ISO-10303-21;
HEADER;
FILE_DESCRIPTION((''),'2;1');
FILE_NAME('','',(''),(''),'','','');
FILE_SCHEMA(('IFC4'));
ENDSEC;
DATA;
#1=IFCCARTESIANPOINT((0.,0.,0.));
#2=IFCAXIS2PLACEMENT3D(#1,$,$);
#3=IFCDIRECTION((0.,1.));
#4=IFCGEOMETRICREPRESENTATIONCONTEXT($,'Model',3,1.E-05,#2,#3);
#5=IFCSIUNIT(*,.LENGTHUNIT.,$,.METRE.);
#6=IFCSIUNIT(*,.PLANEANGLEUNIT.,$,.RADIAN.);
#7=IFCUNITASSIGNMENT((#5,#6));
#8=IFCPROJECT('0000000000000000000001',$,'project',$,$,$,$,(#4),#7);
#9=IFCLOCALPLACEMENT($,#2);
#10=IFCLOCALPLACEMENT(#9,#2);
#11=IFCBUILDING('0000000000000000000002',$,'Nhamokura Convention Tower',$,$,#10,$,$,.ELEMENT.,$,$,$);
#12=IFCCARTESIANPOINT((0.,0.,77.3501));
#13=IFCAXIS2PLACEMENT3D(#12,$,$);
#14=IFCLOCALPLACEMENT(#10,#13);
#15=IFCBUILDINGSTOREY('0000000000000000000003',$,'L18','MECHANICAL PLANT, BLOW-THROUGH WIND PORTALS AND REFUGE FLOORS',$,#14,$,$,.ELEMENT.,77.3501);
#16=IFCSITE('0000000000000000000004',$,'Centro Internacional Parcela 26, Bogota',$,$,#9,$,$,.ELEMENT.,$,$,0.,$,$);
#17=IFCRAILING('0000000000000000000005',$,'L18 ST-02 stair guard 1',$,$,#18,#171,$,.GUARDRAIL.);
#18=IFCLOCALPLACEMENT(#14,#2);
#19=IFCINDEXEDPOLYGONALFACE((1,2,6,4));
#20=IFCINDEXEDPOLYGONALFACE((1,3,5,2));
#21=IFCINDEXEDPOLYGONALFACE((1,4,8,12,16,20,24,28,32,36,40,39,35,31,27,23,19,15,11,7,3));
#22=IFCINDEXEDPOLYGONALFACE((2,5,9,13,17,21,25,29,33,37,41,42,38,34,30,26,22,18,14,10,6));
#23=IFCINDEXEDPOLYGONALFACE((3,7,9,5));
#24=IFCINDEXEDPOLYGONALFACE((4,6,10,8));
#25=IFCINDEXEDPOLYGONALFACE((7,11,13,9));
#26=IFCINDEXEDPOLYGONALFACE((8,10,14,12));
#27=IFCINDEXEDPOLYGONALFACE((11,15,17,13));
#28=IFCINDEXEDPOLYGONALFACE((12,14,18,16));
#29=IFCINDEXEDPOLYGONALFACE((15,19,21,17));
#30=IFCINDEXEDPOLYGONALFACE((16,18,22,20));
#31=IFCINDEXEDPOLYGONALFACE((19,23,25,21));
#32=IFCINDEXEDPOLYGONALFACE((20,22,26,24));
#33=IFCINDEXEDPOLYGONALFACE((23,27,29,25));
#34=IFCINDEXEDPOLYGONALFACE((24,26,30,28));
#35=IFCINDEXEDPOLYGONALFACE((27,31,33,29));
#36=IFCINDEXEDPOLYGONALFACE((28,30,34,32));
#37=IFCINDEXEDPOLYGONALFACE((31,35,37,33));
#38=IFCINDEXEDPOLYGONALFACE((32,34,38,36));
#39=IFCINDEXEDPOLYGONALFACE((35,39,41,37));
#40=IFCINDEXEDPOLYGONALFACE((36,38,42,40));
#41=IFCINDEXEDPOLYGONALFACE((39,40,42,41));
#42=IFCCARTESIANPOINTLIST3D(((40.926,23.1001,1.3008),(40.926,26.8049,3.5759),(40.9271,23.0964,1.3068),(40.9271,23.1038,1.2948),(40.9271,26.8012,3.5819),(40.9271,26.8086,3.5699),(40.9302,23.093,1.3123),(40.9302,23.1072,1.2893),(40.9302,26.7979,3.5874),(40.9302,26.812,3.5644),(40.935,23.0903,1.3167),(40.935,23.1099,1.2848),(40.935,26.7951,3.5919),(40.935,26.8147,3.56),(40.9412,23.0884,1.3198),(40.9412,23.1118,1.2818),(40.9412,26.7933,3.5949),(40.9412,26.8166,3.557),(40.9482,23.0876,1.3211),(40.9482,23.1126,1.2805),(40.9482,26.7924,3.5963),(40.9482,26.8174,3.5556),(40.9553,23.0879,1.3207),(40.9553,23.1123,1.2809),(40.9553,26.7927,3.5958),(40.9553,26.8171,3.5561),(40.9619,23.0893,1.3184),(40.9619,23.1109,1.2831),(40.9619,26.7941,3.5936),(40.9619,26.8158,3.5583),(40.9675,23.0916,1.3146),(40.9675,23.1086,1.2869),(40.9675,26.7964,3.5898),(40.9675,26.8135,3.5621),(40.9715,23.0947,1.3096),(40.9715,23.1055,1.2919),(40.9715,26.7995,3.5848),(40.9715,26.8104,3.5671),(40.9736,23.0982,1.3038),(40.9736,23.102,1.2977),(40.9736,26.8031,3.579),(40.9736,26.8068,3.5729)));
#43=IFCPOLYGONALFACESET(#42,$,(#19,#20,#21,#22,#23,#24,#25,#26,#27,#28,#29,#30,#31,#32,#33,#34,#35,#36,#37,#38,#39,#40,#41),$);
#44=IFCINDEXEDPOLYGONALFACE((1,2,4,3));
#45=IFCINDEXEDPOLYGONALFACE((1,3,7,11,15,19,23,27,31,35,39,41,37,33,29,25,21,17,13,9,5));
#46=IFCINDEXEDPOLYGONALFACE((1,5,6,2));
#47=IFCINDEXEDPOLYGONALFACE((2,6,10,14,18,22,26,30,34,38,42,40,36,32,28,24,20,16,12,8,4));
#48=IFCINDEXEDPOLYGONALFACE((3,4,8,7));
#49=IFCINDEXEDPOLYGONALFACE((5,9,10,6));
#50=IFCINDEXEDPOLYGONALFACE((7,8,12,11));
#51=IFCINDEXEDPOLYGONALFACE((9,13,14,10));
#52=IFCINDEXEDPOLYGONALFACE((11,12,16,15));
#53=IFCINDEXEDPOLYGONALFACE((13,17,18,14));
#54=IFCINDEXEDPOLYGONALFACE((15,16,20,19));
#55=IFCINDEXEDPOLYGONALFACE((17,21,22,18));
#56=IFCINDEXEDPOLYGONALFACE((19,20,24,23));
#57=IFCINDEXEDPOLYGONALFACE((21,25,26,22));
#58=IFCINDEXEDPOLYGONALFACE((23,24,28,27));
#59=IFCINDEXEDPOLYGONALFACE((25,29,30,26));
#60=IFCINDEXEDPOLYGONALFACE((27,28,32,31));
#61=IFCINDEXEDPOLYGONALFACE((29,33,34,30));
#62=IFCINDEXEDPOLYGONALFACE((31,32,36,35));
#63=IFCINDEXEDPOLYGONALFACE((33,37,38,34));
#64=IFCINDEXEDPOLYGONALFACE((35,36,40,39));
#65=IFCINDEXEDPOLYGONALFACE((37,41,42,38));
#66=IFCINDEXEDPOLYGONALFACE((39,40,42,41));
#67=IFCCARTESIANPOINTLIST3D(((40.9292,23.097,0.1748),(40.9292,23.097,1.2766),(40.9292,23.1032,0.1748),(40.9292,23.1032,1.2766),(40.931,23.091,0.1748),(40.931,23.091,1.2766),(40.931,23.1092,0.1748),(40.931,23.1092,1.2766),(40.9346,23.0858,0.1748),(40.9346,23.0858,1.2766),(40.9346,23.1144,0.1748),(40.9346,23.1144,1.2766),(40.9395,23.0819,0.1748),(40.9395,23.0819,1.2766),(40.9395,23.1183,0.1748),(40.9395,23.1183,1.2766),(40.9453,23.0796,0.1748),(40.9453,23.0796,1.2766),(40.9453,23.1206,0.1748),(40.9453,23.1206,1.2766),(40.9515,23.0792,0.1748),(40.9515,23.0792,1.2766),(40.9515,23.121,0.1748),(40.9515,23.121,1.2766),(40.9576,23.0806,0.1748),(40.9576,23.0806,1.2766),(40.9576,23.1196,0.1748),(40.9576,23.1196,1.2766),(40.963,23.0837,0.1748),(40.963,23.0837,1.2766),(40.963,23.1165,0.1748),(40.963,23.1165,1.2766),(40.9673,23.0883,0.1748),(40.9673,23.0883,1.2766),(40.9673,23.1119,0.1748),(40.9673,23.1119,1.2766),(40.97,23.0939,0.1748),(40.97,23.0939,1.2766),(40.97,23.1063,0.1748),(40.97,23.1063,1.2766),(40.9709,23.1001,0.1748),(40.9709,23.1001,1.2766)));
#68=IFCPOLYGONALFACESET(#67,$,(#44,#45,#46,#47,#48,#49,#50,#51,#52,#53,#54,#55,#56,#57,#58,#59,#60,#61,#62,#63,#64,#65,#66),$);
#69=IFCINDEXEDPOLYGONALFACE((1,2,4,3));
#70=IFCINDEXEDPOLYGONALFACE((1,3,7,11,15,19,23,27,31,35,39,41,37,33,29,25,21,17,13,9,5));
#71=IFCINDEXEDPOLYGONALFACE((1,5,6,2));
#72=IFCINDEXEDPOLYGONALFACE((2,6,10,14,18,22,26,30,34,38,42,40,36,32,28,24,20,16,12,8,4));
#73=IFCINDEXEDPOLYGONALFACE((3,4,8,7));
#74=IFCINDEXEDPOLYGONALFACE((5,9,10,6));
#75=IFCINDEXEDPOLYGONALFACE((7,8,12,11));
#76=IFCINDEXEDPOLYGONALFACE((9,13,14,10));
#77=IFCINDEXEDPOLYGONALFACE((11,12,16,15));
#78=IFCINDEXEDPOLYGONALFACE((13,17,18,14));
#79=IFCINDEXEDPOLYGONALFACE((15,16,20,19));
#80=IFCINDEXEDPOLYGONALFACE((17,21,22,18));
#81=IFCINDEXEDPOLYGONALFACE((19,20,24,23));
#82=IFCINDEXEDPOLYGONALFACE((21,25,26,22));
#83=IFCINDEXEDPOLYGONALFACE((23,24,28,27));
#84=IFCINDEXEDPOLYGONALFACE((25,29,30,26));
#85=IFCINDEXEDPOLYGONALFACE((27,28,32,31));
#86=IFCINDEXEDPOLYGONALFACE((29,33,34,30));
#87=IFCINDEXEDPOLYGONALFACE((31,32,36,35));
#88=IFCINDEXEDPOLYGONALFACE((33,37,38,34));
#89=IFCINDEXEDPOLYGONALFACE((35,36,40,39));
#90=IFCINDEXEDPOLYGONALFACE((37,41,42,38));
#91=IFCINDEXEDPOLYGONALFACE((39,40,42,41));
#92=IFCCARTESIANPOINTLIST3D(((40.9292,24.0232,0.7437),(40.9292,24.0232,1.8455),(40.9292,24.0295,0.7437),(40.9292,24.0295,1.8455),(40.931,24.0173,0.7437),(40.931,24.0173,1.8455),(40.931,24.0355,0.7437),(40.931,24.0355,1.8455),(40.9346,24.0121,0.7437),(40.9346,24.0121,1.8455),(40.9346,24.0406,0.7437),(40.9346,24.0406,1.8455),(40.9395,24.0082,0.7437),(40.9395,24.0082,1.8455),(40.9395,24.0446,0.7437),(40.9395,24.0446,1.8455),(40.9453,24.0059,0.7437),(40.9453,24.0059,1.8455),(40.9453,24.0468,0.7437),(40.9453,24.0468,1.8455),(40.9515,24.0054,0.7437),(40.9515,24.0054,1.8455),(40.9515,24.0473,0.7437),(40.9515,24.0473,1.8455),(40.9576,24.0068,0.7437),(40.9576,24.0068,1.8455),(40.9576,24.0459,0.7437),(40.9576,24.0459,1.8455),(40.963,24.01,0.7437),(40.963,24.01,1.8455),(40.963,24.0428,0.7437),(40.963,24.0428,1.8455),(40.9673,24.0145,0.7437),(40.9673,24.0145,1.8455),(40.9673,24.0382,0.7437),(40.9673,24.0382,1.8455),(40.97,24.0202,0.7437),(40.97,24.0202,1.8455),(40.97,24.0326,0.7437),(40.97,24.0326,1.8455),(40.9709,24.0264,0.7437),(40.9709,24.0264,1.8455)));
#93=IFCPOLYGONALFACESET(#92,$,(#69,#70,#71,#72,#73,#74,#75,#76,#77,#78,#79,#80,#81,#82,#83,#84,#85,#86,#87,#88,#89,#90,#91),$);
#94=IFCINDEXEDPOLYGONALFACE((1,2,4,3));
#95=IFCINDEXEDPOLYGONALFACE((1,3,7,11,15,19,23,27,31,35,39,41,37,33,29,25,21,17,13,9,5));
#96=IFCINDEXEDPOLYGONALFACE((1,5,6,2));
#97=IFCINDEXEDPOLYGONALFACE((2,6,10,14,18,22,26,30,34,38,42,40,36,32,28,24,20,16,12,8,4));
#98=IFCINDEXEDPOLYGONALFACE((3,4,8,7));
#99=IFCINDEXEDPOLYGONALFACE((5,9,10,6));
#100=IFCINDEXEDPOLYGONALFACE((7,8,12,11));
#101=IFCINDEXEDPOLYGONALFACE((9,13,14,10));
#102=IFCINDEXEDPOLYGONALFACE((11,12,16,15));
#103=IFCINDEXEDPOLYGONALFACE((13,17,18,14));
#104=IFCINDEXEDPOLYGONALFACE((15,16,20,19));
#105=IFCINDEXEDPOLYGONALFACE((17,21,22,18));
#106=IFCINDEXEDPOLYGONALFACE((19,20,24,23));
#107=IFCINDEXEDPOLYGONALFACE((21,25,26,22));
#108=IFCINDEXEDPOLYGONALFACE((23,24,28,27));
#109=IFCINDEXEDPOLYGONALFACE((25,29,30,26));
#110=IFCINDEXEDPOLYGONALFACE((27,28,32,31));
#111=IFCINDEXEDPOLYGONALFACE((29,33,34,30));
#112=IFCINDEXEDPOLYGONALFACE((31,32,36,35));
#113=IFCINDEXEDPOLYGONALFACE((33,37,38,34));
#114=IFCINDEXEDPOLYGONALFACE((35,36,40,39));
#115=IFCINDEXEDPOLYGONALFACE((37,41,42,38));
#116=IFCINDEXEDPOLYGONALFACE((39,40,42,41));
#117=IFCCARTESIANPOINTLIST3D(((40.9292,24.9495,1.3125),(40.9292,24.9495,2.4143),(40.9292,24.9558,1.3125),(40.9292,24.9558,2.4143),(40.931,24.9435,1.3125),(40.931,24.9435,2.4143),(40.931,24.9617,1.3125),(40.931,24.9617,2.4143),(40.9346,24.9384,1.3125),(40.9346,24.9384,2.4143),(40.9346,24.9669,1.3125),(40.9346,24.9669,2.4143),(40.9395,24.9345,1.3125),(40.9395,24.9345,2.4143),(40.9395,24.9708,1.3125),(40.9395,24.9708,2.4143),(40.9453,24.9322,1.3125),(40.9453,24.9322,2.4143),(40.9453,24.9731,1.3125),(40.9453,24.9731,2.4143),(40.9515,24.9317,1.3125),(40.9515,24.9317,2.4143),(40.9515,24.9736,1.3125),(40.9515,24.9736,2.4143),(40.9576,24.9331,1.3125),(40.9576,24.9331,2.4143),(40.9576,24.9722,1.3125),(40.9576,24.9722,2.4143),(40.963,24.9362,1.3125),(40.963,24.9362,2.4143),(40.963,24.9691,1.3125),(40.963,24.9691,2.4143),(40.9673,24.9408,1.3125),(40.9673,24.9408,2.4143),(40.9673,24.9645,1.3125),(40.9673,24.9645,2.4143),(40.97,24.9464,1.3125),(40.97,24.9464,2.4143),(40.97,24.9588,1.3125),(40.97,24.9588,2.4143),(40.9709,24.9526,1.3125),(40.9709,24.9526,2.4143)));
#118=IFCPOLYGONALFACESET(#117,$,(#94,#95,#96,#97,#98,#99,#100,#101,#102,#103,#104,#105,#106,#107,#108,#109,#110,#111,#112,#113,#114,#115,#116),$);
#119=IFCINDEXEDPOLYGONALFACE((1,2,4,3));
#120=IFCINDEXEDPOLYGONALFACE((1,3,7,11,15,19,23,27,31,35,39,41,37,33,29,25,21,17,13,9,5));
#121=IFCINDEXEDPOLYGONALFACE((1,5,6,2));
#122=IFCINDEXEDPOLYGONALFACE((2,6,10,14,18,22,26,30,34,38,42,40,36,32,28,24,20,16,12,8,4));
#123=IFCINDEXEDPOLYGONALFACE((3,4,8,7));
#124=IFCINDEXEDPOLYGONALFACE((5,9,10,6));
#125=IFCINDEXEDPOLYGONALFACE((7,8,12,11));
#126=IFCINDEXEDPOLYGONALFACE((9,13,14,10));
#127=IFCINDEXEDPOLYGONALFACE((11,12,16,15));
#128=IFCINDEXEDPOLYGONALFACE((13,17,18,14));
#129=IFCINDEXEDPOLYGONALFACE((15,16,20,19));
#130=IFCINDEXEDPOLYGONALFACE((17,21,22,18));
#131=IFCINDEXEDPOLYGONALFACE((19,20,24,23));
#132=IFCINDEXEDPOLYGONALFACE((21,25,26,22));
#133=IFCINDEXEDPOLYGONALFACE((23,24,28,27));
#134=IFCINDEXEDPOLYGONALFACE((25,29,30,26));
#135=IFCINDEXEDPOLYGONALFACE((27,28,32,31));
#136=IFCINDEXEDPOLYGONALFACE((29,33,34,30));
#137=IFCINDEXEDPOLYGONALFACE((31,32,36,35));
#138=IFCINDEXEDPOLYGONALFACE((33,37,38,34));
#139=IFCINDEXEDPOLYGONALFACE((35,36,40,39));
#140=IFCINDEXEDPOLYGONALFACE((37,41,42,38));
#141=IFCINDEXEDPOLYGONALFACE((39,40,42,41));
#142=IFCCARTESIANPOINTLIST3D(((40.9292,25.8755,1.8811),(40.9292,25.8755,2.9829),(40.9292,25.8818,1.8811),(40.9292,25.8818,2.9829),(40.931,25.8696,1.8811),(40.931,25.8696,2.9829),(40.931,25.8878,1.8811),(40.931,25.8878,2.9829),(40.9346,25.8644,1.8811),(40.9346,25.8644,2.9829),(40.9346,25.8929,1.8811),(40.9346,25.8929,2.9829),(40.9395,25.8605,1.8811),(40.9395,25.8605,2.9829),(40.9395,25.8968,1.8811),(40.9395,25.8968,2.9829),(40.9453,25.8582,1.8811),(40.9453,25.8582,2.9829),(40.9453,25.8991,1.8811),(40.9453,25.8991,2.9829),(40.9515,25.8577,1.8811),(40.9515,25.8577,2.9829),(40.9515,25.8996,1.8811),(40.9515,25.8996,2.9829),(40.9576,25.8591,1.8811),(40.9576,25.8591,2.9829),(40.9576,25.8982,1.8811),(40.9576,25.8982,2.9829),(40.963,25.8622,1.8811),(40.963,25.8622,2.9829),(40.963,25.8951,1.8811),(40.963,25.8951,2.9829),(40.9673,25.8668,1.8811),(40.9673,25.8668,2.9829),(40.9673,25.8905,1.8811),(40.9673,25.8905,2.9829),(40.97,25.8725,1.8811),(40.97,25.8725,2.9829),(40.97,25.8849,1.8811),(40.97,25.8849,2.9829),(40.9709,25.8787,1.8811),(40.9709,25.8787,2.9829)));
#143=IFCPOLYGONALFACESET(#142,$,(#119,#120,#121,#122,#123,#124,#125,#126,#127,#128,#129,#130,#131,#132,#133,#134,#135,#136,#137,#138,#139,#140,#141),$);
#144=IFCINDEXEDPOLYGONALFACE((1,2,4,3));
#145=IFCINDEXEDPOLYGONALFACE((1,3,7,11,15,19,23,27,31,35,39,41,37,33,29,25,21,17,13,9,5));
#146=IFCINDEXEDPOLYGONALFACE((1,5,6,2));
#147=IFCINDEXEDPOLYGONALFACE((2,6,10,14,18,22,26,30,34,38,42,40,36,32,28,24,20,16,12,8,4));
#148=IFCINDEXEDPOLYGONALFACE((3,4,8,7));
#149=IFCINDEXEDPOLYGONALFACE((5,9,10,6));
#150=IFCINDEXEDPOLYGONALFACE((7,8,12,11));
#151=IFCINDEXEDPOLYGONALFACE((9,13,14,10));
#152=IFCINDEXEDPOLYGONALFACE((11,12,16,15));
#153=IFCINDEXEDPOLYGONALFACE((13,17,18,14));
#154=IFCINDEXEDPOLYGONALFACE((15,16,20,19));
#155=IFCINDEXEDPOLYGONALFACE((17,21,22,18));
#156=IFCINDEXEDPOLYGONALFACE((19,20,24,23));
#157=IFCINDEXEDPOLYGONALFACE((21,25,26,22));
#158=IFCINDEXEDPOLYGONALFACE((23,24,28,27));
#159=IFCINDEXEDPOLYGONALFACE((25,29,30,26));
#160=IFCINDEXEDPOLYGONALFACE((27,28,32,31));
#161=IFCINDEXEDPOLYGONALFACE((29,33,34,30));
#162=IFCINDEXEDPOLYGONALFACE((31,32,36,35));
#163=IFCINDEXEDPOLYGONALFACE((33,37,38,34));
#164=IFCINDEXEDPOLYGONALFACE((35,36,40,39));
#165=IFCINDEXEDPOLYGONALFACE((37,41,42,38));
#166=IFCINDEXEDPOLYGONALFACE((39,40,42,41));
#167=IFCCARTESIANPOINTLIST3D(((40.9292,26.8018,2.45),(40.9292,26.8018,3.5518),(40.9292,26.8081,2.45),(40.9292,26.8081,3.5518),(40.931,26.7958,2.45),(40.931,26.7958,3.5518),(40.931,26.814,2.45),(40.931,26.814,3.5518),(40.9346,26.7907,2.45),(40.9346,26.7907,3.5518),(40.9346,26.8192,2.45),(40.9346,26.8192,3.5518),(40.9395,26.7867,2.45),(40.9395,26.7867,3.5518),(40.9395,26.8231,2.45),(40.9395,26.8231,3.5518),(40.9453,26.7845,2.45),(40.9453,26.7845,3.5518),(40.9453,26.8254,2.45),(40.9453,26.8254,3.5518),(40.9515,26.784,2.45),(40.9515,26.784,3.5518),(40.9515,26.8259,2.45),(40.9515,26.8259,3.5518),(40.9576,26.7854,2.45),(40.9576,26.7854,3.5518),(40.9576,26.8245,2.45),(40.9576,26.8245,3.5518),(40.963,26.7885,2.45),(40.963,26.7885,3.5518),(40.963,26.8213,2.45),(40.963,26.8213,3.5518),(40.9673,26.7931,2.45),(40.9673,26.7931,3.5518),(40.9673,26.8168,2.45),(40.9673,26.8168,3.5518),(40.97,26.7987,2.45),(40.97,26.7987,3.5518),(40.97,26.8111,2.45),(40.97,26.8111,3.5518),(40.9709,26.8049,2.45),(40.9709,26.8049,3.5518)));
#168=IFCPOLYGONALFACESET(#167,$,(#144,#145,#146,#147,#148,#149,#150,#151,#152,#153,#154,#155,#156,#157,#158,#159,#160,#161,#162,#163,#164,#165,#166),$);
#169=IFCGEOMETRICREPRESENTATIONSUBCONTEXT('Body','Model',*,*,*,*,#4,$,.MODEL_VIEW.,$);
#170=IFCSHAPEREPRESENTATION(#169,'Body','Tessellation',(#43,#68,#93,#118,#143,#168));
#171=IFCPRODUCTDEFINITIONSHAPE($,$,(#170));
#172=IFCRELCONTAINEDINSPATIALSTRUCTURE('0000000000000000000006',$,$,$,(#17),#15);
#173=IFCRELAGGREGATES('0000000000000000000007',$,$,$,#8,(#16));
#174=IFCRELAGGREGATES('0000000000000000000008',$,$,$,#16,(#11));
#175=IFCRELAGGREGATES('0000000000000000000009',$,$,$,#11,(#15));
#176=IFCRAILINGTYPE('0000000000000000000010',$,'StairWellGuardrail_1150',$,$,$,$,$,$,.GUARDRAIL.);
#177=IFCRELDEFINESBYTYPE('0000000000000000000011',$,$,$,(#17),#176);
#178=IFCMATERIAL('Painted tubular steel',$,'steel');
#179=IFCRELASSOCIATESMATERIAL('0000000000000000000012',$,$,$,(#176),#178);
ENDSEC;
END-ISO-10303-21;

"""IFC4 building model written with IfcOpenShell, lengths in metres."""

from ifc_helpers import new_model, si_unit, direction, frame, origin, origin_2d, place, context, subcontext, project, spatial, circle, extrude, material, type_object, element, save


model = new_model("IFC4")

# Units and contexts
model_context = context("Model", 3, precision=1e-05, world=origin(), true_north=direction((0.0, 1.0)))
body_context = subcontext(model_context, "Body", "Model", "MODEL_VIEW")
ifc_project = project(units=[si_unit("LENGTHUNIT", "METRE"), si_unit("PLANEANGLEUNIT", "RADIAN")], contexts=[model_context])

# Site, building, storey
site_placement = place(None, origin())
site = spatial("IfcSite", under=ifc_project, at=site_placement, Name="Centro Internacional Parcela 26, Bogota", CompositionType="ELEMENT", RefElevation=0.0)
building_placement = place(site_placement, origin())
building = spatial("IfcBuilding", under=site, at=building_placement, Name="Nhamokura Convention Tower", CompositionType="ELEMENT")
storey_placement = place(building_placement, frame((0.0, 0.0, 77.3501)))
storey = spatial("IfcBuildingStorey", under=building, at=storey_placement, Name="L18", Description="MECHANICAL PLANT, BLOW-THROUGH WIND PORTALS AND REFUGE FLOORS", CompositionType="ELEMENT", Elevation=77.3501)

# Railing
ifc_material_1 = material(Name="Painted tubular steel", Category="steel")
railing_type_1 = type_object("IfcRailingType", Name="StairWellGuardrail_1150", PredefinedType="GUARDRAIL", material=ifc_material_1)
railing_1_placement = place(storey_placement, frame((40.95, 23.1001, 0.1748)))
element("IfcRailing", 1, at=railing_1_placement, inside=storey, type_object=railing_type_1, Name="L18 ST-02 stair guard 1", PredefinedType="GUARDRAIL", context=body_context, shape_type="SweptSolid", body=[
    extrude(circle(Radius=0.0239, at=origin_2d()), frame((0.0, 0.0, 1.126), z_axis=(0.0, 0.852146, 0.523305), x_axis=(-1.0, 0.0, 0.0)), (0.0, 0.0, 1.0), 4.3477),
    extrude(circle(Radius=0.021, at=origin_2d()), origin(), (0.0, 0.0, 1.0), 1.1018),
    extrude(circle(Radius=0.021, at=origin_2d()), frame((0.0, 0.9263, 0.5688)), (0.0, 0.0, 1.0), 1.1018),
    extrude(circle(Radius=0.021, at=origin_2d()), frame((0.0, 1.8525, 1.1377)), (0.0, 0.0, 1.0), 1.1018),
    extrude(circle(Radius=0.021, at=origin_2d()), frame((0.0, 2.7786, 1.7063)), (0.0, 0.0, 1.0), 1.1018),
    extrude(circle(Radius=0.021, at=origin_2d()), frame((0.0, 3.7048, 2.2751)), (0.0, 0.0, 1.0), 1.1018),
])

save(model, "model.ifc")
